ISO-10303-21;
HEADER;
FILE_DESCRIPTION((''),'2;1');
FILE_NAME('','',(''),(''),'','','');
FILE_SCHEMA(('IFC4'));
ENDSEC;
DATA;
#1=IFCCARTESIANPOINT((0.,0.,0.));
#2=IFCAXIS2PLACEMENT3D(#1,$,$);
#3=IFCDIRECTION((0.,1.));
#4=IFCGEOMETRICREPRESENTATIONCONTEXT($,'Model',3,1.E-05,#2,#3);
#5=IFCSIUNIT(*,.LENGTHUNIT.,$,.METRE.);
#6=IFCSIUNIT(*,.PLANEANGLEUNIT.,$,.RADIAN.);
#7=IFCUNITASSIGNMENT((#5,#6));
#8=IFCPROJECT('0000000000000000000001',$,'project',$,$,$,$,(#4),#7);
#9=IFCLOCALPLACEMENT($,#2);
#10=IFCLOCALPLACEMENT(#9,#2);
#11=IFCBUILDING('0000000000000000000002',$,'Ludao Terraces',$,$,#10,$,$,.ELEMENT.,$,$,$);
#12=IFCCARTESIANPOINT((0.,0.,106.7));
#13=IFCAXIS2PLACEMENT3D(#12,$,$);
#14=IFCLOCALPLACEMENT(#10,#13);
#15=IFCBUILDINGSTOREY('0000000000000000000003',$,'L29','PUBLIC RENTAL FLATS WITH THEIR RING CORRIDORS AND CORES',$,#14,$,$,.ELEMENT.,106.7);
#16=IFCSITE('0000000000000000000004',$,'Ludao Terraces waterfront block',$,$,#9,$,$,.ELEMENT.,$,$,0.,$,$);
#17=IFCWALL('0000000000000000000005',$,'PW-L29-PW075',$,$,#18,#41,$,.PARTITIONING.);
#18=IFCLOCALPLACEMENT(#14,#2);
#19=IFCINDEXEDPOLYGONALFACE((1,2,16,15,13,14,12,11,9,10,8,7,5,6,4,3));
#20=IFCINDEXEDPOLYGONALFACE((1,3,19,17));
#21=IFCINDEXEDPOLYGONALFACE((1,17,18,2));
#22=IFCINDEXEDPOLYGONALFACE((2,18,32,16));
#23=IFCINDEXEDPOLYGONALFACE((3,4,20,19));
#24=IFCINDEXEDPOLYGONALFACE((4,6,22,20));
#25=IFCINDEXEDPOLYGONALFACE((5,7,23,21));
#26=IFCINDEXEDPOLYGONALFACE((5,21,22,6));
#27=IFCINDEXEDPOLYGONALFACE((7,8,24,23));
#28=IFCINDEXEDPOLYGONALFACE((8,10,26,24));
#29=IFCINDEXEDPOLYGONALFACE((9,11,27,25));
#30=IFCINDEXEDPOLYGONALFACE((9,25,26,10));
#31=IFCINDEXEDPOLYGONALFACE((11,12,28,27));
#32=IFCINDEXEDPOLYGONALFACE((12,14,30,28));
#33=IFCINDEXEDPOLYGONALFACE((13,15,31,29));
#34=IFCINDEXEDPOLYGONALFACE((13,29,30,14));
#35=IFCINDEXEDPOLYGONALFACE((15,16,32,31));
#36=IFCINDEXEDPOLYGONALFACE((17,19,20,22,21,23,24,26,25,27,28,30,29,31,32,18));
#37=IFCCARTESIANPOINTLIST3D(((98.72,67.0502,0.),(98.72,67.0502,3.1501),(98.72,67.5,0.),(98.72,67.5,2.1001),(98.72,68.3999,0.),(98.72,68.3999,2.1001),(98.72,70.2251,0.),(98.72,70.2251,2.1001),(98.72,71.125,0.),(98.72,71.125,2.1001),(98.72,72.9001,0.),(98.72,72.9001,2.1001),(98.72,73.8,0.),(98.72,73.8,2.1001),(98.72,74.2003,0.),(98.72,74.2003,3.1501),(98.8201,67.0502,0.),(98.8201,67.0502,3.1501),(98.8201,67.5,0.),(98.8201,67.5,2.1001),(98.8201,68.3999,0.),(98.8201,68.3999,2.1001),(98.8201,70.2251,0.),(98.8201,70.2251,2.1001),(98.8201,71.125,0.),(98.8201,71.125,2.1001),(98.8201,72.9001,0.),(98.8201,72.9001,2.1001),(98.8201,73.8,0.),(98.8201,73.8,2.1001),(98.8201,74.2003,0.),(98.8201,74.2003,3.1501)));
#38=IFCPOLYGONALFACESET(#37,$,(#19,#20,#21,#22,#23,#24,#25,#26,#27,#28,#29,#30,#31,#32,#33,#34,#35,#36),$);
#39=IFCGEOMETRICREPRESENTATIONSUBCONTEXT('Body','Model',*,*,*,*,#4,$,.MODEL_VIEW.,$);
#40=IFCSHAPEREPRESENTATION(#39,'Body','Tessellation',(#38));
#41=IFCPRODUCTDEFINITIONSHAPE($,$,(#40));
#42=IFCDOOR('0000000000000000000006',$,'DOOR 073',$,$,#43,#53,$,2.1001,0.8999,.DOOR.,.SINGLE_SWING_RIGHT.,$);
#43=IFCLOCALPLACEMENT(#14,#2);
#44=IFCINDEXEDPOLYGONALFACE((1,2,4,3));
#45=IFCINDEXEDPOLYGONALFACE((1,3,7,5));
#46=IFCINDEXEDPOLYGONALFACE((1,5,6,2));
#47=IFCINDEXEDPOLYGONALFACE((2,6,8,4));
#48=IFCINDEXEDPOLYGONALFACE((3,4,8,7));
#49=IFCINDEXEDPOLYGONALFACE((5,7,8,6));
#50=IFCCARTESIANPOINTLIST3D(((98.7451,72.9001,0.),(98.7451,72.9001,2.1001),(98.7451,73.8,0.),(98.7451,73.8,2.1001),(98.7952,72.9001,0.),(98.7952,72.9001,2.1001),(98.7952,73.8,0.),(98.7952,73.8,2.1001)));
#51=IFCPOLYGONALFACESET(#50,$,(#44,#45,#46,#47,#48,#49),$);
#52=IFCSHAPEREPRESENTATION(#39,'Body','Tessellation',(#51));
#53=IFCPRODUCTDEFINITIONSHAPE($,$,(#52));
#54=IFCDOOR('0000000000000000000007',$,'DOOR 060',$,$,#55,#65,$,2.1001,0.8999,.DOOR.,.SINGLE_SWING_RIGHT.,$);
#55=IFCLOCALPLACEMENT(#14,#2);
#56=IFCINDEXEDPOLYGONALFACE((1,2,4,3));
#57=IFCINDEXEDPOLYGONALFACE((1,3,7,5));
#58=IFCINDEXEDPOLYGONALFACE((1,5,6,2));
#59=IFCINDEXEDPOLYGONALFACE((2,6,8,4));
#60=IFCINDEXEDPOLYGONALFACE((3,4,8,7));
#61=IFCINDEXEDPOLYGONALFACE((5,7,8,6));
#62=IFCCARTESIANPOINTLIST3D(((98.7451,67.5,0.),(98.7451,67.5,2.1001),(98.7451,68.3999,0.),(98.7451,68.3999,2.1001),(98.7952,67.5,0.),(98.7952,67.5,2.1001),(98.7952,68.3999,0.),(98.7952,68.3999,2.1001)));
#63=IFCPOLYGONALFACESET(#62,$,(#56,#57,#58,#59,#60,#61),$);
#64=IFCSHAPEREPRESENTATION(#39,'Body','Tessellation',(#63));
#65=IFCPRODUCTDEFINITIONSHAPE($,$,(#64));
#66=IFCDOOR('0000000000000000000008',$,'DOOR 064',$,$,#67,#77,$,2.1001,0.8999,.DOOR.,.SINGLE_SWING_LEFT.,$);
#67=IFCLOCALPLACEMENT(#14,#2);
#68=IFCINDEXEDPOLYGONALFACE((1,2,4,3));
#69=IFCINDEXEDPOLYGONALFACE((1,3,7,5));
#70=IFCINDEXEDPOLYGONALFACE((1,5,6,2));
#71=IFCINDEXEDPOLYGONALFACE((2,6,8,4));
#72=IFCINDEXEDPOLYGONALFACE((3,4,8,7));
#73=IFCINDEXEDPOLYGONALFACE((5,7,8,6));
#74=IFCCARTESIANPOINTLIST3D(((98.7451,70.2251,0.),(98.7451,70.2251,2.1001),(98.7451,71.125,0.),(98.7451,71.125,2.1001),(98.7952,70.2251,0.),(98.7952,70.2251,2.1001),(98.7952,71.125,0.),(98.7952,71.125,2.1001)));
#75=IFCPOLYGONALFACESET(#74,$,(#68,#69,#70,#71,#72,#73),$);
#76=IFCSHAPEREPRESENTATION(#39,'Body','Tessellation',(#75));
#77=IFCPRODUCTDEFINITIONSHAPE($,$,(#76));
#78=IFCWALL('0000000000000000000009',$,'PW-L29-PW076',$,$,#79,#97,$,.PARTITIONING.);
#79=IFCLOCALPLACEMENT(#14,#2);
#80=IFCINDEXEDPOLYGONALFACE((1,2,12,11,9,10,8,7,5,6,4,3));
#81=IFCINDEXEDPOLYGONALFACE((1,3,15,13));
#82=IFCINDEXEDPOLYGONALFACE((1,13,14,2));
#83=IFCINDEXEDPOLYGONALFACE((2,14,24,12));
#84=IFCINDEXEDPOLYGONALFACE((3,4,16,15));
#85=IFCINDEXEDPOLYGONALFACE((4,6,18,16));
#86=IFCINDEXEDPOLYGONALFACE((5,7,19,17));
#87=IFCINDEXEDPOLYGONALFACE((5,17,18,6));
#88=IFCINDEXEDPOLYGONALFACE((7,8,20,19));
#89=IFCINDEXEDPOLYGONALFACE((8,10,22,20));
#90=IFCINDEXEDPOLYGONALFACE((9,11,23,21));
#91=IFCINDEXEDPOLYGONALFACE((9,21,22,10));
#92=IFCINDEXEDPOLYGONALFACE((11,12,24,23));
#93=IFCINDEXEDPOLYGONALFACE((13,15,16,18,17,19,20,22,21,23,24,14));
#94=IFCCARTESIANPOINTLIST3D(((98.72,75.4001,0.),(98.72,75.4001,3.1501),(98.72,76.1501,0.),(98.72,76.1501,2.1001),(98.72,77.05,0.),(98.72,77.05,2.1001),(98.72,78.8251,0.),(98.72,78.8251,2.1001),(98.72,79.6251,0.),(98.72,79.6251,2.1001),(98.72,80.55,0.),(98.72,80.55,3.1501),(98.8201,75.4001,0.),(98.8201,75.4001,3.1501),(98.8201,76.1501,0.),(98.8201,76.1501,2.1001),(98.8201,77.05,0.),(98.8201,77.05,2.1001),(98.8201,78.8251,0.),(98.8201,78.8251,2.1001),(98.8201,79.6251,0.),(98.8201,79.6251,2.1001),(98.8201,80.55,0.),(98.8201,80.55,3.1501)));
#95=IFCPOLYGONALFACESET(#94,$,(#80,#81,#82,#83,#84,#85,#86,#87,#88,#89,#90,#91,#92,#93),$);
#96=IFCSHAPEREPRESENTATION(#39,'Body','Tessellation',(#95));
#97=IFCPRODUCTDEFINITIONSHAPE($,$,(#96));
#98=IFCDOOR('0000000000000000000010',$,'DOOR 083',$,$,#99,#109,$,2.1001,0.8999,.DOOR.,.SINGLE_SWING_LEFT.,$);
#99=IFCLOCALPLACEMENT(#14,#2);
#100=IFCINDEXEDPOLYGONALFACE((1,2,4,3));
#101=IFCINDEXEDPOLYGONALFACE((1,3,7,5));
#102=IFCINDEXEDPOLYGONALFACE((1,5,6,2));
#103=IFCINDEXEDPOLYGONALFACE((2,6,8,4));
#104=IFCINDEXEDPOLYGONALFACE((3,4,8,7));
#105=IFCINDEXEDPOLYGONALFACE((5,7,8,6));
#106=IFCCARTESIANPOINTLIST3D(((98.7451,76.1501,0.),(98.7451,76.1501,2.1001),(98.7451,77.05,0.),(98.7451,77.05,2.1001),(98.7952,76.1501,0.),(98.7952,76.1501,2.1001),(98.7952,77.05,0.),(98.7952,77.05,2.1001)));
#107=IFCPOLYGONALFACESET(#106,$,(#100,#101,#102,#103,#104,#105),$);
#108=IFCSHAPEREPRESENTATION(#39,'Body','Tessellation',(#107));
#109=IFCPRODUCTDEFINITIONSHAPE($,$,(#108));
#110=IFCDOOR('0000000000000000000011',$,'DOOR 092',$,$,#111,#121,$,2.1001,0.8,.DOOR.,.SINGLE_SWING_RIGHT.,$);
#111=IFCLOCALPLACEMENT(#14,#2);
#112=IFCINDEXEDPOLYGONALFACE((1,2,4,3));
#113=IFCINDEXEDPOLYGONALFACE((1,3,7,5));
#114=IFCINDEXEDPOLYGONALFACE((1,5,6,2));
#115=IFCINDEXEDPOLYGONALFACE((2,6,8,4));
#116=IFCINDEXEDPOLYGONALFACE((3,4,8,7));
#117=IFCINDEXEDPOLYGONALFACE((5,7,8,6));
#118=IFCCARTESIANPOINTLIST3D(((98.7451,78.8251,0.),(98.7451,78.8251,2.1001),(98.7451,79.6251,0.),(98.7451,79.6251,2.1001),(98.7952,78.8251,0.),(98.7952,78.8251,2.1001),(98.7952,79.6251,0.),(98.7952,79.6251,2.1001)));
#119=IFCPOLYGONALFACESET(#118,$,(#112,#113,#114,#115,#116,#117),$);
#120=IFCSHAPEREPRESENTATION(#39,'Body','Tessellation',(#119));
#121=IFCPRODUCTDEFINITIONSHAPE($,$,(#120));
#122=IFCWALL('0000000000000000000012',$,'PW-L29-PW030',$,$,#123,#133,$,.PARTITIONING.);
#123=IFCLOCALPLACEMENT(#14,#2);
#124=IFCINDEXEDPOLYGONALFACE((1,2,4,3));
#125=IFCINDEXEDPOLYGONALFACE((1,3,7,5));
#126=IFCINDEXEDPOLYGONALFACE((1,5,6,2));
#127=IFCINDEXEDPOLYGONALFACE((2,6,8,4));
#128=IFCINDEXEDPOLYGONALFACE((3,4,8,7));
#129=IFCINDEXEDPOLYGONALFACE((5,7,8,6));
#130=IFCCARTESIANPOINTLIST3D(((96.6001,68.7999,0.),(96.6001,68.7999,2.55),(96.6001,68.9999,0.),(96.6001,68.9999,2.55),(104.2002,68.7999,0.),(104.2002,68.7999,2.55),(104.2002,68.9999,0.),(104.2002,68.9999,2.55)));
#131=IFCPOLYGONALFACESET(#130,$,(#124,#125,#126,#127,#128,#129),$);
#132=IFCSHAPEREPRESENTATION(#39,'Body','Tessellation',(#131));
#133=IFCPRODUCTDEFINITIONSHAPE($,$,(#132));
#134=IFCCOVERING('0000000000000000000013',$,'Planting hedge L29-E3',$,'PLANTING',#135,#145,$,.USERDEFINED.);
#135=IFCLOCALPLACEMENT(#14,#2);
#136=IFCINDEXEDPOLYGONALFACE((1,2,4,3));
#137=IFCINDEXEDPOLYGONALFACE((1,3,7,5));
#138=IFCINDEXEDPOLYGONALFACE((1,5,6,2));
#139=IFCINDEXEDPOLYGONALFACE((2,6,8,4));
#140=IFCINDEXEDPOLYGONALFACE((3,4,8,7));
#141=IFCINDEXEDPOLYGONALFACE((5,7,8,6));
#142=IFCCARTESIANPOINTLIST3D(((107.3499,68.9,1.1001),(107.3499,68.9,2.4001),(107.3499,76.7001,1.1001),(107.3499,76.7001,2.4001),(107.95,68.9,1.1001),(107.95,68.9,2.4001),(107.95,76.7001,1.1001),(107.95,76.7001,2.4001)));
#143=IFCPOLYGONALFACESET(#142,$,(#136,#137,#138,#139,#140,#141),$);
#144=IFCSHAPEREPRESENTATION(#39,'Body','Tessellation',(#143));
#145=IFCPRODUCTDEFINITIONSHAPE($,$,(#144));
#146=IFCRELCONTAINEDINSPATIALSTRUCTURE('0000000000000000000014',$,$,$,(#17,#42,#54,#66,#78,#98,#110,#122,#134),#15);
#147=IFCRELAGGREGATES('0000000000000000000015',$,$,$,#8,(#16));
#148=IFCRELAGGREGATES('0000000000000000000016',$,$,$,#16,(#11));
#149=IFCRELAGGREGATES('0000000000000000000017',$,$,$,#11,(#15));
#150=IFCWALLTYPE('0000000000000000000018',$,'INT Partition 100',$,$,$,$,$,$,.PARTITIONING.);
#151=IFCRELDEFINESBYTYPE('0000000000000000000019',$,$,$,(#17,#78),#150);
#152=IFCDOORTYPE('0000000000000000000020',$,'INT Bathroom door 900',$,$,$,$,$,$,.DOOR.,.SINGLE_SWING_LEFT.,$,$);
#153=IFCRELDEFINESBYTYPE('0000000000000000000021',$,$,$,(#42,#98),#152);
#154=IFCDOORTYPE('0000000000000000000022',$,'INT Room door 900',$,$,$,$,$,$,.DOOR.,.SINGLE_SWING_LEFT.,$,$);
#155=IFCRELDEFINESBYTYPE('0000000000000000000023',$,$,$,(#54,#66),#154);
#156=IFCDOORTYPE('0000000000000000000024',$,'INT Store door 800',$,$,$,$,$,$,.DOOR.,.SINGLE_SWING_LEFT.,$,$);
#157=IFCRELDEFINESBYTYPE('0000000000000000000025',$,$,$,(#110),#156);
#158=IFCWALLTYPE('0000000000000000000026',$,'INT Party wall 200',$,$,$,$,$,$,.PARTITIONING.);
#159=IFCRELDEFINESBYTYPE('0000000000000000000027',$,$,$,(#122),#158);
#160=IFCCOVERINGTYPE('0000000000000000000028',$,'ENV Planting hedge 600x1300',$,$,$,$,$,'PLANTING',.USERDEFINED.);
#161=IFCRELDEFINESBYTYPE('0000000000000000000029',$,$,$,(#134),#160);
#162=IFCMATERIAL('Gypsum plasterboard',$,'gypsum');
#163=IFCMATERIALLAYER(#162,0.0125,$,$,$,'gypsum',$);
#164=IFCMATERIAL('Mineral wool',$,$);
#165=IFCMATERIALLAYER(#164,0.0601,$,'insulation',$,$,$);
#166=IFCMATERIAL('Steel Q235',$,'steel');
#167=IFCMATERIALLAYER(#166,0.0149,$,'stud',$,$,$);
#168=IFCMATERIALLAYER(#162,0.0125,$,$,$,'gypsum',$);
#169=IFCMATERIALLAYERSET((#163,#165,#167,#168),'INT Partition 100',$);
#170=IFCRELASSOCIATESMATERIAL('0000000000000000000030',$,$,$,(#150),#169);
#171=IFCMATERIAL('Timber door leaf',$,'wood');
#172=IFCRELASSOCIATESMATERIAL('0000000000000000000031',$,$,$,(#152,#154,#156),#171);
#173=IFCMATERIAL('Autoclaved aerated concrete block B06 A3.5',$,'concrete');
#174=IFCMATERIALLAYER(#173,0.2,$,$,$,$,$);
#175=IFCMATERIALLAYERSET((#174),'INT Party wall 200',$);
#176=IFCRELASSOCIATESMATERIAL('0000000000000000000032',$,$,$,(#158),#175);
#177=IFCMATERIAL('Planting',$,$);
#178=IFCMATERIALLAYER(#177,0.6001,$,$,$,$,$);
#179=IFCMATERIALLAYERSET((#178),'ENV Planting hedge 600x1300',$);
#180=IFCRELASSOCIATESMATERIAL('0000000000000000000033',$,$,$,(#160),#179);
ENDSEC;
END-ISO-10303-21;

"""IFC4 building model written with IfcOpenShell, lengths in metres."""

from ifc_helpers import new_model, si_unit, direction, frame, frame_2d, origin, origin_2d, place, context, subcontext, project, spatial, rectangle, extrude, material, layer, layer_set, type_object, element, fill, save


model = new_model("IFC4")

# Units and contexts
model_context = context("Model", 3, precision=1e-05, world=origin(), true_north=direction((0.0, 1.0)))
body_context = subcontext(model_context, "Body", "Model", "MODEL_VIEW")
ifc_project = project(units=[si_unit("LENGTHUNIT", "METRE"), si_unit("PLANEANGLEUNIT", "RADIAN")], contexts=[model_context])

# Site, building, storey
site_placement = place(None, origin())
site = spatial("IfcSite", under=ifc_project, at=site_placement, Name="Ludao Terraces waterfront block", CompositionType="ELEMENT", RefElevation=0.0)
building_placement = place(site_placement, origin())
building = spatial("IfcBuilding", under=site, at=building_placement, Name="Ludao Terraces", CompositionType="ELEMENT")
storey_placement = place(building_placement, frame((0.0, 0.0, 106.7)))
storey = spatial("IfcBuildingStorey", under=building, at=storey_placement, Name="L29", Description="PUBLIC RENTAL FLATS WITH THEIR RING CORRIDORS AND CORES", CompositionType="ELEMENT", Elevation=106.7)

# Shared definitions
ifc_material_1 = material(Name="Mineral wool")

# Shared definitions
ifc_material_2 = material(Name="Gypsum plasterboard", Category="gypsum")
ifc_layer_1 = layer(ifc_material_2, 0.0125, Category="gypsum")
ifc_layer_2 = layer(ifc_material_1, 0.0601, Name="insulation")
ifc_material_3 = material(Name="Steel Q235", Category="steel")
ifc_layer_3 = layer(ifc_material_3, 0.0149, Name="stud")
ifc_layer_4 = layer(ifc_material_2, 0.0125, Category="gypsum")
ifc_layer_set_1 = layer_set([ifc_layer_1, ifc_layer_2, ifc_layer_3, ifc_layer_4], Name="INT Partition 100")
wall_type_1 = type_object("IfcWallType", Name="INT Partition 100", PredefinedType="PARTITIONING", material=ifc_layer_set_1)

# Walls, openings, doors
wall_1_placement = place(storey_placement, frame((98.77, 67.05, 0.0), z_axis=(0.0, 0.0, 1.0), x_axis=(0.0, 1.0, 0.0)))
wall_1 = element("IfcWall", 1, at=wall_1_placement, inside=storey, type_object=wall_type_1, Name="PW-L29-PW075", PredefinedType="PARTITIONING", context=body_context, shape_type="SweptSolid", body=[
    extrude(rectangle(XDim=7.1501, YDim=0.1001, at=frame_2d((3.5752, 0.0))), origin(), (0.0, 0.0, 1.0), 3.1501),
])
opening_1_placement = place(wall_1_placement, frame((0.45, 0.0, 0.0)))
opening_1 = element("IfcOpeningElement", 2, at=opening_1_placement, cuts=wall_1, PredefinedType="OPENING", context=body_context, shape_type="SweptSolid", body=[
    extrude(rectangle(XDim=0.8999, YDim=2.1001, at=frame_2d((0.45, 1.05))), frame((0.0, 0.0601, 0.0), z_axis=(0.0, -1.0, 0.0), x_axis=(1.0, 0.0, 0.0)), (0.0, 0.0, 1.0), 0.1201),
])
opening_2_placement = place(wall_1_placement, frame((3.175, 0.0, 0.0)))
opening_2 = element("IfcOpeningElement", 3, at=opening_2_placement, cuts=wall_1, PredefinedType="OPENING", context=body_context, shape_type="SweptSolid", body=[
    extrude(rectangle(XDim=0.8999, YDim=2.1001, at=frame_2d((0.45, 1.05))), frame((0.0, 0.0601, 0.0), z_axis=(0.0, -1.0, 0.0), x_axis=(1.0, 0.0, 0.0)), (0.0, 0.0, 1.0), 0.1201),
])
opening_3_placement = place(wall_1_placement, frame((5.8501, 0.0, 0.0)))
opening_3 = element("IfcOpeningElement", 4, at=opening_3_placement, cuts=wall_1, PredefinedType="OPENING", context=body_context, shape_type="SweptSolid", body=[
    extrude(rectangle(XDim=0.8999, YDim=2.1001, at=frame_2d((0.45, 1.05))), frame((0.0, 0.0601, 0.0), z_axis=(0.0, -1.0, 0.0), x_axis=(1.0, 0.0, 0.0)), (0.0, 0.0, 1.0), 0.1201),
])
ifc_material_4 = material(Name="Timber door leaf", Category="wood")
door_type_1 = type_object("IfcDoorType", Name="INT Bathroom door 900", OperationType="SINGLE_SWING_LEFT", PredefinedType="DOOR", material=ifc_material_4)
door_1_placement = place(opening_3_placement, origin())
door_1 = element("IfcDoor", 5, at=door_1_placement, inside=storey, type_object=door_type_1, Name="DOOR 073", OperationType="SINGLE_SWING_RIGHT", OverallHeight=2.1001, OverallWidth=0.8999, PredefinedType="DOOR", context=body_context, shape_type="SweptSolid", body=[
    extrude(rectangle(XDim=0.8999, YDim=2.1001, at=frame_2d((0.45, 1.05))), frame((0.0, 0.0249, 0.0), z_axis=(0.0, -1.0, 0.0), x_axis=(1.0, 0.0, 0.0)), (0.0, 0.0, 1.0), 0.05),
])
fill(opening_3, door_1)
door_type_2 = type_object("IfcDoorType", Name="INT Room door 900", OperationType="SINGLE_SWING_LEFT", PredefinedType="DOOR", material=ifc_material_4)
door_2_placement = place(opening_1_placement, origin())
door_2 = element("IfcDoor", 6, at=door_2_placement, inside=storey, type_object=door_type_2, Name="DOOR 060", OperationType="SINGLE_SWING_RIGHT", OverallHeight=2.1001, OverallWidth=0.8999, PredefinedType="DOOR", context=body_context, shape_type="SweptSolid", body=[
    extrude(rectangle(XDim=0.8999, YDim=2.1001, at=frame_2d((0.45, 1.05))), frame((0.0, 0.0249, 0.0), z_axis=(0.0, -1.0, 0.0), x_axis=(1.0, 0.0, 0.0)), (0.0, 0.0, 1.0), 0.05),
])
fill(opening_1, door_2)
door_3_placement = place(opening_2_placement, origin())
door_3 = element("IfcDoor", 7, at=door_3_placement, inside=storey, type_object=door_type_2, Name="DOOR 064", OperationType="SINGLE_SWING_LEFT", OverallHeight=2.1001, OverallWidth=0.8999, PredefinedType="DOOR", context=body_context, shape_type="SweptSolid", body=[
    extrude(rectangle(XDim=0.8999, YDim=2.1001, at=frame_2d((0.45, 1.05))), frame((0.0, 0.0249, 0.0), z_axis=(0.0, -1.0, 0.0), x_axis=(1.0, 0.0, 0.0)), (0.0, 0.0, 1.0), 0.05),
])
fill(opening_2, door_3)
wall_2_placement = place(storey_placement, frame((98.77, 75.4001, 0.0), z_axis=(0.0, 0.0, 1.0), x_axis=(0.0, 1.0, 0.0)))
wall_2 = element("IfcWall", 8, at=wall_2_placement, inside=storey, type_object=wall_type_1, Name="PW-L29-PW076", PredefinedType="PARTITIONING", context=body_context, shape_type="SweptSolid", body=[
    extrude(rectangle(XDim=5.1499, YDim=0.1001, at=frame_2d((2.575, 0.0))), origin(), (0.0, 0.0, 1.0), 3.1501),
])
opening_4_placement = place(wall_2_placement, frame((0.75, 0.0, 0.0)))
opening_4 = element("IfcOpeningElement", 9, at=opening_4_placement, cuts=wall_2, PredefinedType="OPENING", context=body_context, shape_type="SweptSolid", body=[
    extrude(rectangle(XDim=0.8999, YDim=2.1001, at=frame_2d((0.45, 1.05))), frame((0.0, 0.0601, 0.0), z_axis=(0.0, -1.0, 0.0), x_axis=(1.0, 0.0, 0.0)), (0.0, 0.0, 1.0), 0.1201),
])
opening_5_placement = place(wall_2_placement, frame((3.425, 0.0, 0.0)))
opening_5 = element("IfcOpeningElement", 10, at=opening_5_placement, cuts=wall_2, PredefinedType="OPENING", context=body_context, shape_type="SweptSolid", body=[
    extrude(rectangle(XDim=0.8, YDim=2.1001, at=frame_2d((0.3999, 1.05))), frame((0.0, 0.0601, 0.0), z_axis=(0.0, -1.0, 0.0), x_axis=(1.0, 0.0, 0.0)), (0.0, 0.0, 1.0), 0.1201),
])
door_4_placement = place(opening_4_placement, origin())
door_4 = element("IfcDoor", 11, at=door_4_placement, inside=storey, type_object=door_type_1, Name="DOOR 083", OperationType="SINGLE_SWING_LEFT", OverallHeight=2.1001, OverallWidth=0.8999, PredefinedType="DOOR", context=body_context, shape_type="SweptSolid", body=[
    extrude(rectangle(XDim=0.8999, YDim=2.1001, at=frame_2d((0.45, 1.05))), frame((0.0, 0.0249, 0.0), z_axis=(0.0, -1.0, 0.0), x_axis=(1.0, 0.0, 0.0)), (0.0, 0.0, 1.0), 0.05),
])
fill(opening_4, door_4)
door_type_3 = type_object("IfcDoorType", Name="INT Store door 800", OperationType="SINGLE_SWING_LEFT", PredefinedType="DOOR", material=ifc_material_4)
door_5_placement = place(opening_5_placement, origin())
door_5 = element("IfcDoor", 12, at=door_5_placement, inside=storey, type_object=door_type_3, Name="DOOR 092", OperationType="SINGLE_SWING_RIGHT", OverallHeight=2.1001, OverallWidth=0.8, PredefinedType="DOOR", context=body_context, shape_type="SweptSolid", body=[
    extrude(rectangle(XDim=0.8, YDim=2.1001, at=frame_2d((0.3999, 1.05))), frame((0.0, 0.0249, 0.0), z_axis=(0.0, -1.0, 0.0), x_axis=(1.0, 0.0, 0.0)), (0.0, 0.0, 1.0), 0.05),
])
fill(opening_5, door_5)

# Wall
ifc_material_5 = material(Name="Autoclaved aerated concrete block B06 A3.5", Category="concrete")
ifc_layer_5 = layer(ifc_material_5, 0.2)
ifc_layer_set_2 = layer_set([ifc_layer_5], Name="INT Party wall 200")
wall_type_2 = type_object("IfcWallType", Name="INT Party wall 200", PredefinedType="PARTITIONING", material=ifc_layer_set_2)
wall_3_placement = place(storey_placement, frame((96.6001, 68.8999, 0.0), z_axis=(0.0, 0.0, 1.0), x_axis=(1.0, 0.0, 0.0)))
element("IfcWall", 13, at=wall_3_placement, inside=storey, type_object=wall_type_2, Name="PW-L29-PW030", PredefinedType="PARTITIONING", context=body_context, shape_type="SweptSolid", body=[
    extrude(rectangle(XDim=7.6001, YDim=0.2, at=frame_2d((3.8, 0.0))), origin(), (0.0, 0.0, 1.0), 2.55),
])

# Covering
ifc_material_6 = material(Name="Planting")
ifc_layer_6 = layer(ifc_material_6, 0.6001)
ifc_layer_set_3 = layer_set([ifc_layer_6], Name="ENV Planting hedge 600x1300")
covering_type = type_object("IfcCoveringType", Name="ENV Planting hedge 600x1300", ElementType="PLANTING", PredefinedType="USERDEFINED", material=ifc_layer_set_3)
covering_placement = place(storey_placement, frame((107.6499, 72.8, 1.1001), z_axis=(0.0, 0.0, 1.0), x_axis=(1.0, 0.0, 0.0)))
element("IfcCovering", 14, at=covering_placement, inside=storey, type_object=covering_type, Name="Planting hedge L29-E3", ObjectType="PLANTING", PredefinedType="USERDEFINED", context=body_context, shape_type="SweptSolid", body=[
    extrude(rectangle(XDim=0.6001, YDim=7.8, at=origin_2d()), origin(), (0.0, 0.0, 1.0), 1.3),
])

save(model, "model.ifc")
